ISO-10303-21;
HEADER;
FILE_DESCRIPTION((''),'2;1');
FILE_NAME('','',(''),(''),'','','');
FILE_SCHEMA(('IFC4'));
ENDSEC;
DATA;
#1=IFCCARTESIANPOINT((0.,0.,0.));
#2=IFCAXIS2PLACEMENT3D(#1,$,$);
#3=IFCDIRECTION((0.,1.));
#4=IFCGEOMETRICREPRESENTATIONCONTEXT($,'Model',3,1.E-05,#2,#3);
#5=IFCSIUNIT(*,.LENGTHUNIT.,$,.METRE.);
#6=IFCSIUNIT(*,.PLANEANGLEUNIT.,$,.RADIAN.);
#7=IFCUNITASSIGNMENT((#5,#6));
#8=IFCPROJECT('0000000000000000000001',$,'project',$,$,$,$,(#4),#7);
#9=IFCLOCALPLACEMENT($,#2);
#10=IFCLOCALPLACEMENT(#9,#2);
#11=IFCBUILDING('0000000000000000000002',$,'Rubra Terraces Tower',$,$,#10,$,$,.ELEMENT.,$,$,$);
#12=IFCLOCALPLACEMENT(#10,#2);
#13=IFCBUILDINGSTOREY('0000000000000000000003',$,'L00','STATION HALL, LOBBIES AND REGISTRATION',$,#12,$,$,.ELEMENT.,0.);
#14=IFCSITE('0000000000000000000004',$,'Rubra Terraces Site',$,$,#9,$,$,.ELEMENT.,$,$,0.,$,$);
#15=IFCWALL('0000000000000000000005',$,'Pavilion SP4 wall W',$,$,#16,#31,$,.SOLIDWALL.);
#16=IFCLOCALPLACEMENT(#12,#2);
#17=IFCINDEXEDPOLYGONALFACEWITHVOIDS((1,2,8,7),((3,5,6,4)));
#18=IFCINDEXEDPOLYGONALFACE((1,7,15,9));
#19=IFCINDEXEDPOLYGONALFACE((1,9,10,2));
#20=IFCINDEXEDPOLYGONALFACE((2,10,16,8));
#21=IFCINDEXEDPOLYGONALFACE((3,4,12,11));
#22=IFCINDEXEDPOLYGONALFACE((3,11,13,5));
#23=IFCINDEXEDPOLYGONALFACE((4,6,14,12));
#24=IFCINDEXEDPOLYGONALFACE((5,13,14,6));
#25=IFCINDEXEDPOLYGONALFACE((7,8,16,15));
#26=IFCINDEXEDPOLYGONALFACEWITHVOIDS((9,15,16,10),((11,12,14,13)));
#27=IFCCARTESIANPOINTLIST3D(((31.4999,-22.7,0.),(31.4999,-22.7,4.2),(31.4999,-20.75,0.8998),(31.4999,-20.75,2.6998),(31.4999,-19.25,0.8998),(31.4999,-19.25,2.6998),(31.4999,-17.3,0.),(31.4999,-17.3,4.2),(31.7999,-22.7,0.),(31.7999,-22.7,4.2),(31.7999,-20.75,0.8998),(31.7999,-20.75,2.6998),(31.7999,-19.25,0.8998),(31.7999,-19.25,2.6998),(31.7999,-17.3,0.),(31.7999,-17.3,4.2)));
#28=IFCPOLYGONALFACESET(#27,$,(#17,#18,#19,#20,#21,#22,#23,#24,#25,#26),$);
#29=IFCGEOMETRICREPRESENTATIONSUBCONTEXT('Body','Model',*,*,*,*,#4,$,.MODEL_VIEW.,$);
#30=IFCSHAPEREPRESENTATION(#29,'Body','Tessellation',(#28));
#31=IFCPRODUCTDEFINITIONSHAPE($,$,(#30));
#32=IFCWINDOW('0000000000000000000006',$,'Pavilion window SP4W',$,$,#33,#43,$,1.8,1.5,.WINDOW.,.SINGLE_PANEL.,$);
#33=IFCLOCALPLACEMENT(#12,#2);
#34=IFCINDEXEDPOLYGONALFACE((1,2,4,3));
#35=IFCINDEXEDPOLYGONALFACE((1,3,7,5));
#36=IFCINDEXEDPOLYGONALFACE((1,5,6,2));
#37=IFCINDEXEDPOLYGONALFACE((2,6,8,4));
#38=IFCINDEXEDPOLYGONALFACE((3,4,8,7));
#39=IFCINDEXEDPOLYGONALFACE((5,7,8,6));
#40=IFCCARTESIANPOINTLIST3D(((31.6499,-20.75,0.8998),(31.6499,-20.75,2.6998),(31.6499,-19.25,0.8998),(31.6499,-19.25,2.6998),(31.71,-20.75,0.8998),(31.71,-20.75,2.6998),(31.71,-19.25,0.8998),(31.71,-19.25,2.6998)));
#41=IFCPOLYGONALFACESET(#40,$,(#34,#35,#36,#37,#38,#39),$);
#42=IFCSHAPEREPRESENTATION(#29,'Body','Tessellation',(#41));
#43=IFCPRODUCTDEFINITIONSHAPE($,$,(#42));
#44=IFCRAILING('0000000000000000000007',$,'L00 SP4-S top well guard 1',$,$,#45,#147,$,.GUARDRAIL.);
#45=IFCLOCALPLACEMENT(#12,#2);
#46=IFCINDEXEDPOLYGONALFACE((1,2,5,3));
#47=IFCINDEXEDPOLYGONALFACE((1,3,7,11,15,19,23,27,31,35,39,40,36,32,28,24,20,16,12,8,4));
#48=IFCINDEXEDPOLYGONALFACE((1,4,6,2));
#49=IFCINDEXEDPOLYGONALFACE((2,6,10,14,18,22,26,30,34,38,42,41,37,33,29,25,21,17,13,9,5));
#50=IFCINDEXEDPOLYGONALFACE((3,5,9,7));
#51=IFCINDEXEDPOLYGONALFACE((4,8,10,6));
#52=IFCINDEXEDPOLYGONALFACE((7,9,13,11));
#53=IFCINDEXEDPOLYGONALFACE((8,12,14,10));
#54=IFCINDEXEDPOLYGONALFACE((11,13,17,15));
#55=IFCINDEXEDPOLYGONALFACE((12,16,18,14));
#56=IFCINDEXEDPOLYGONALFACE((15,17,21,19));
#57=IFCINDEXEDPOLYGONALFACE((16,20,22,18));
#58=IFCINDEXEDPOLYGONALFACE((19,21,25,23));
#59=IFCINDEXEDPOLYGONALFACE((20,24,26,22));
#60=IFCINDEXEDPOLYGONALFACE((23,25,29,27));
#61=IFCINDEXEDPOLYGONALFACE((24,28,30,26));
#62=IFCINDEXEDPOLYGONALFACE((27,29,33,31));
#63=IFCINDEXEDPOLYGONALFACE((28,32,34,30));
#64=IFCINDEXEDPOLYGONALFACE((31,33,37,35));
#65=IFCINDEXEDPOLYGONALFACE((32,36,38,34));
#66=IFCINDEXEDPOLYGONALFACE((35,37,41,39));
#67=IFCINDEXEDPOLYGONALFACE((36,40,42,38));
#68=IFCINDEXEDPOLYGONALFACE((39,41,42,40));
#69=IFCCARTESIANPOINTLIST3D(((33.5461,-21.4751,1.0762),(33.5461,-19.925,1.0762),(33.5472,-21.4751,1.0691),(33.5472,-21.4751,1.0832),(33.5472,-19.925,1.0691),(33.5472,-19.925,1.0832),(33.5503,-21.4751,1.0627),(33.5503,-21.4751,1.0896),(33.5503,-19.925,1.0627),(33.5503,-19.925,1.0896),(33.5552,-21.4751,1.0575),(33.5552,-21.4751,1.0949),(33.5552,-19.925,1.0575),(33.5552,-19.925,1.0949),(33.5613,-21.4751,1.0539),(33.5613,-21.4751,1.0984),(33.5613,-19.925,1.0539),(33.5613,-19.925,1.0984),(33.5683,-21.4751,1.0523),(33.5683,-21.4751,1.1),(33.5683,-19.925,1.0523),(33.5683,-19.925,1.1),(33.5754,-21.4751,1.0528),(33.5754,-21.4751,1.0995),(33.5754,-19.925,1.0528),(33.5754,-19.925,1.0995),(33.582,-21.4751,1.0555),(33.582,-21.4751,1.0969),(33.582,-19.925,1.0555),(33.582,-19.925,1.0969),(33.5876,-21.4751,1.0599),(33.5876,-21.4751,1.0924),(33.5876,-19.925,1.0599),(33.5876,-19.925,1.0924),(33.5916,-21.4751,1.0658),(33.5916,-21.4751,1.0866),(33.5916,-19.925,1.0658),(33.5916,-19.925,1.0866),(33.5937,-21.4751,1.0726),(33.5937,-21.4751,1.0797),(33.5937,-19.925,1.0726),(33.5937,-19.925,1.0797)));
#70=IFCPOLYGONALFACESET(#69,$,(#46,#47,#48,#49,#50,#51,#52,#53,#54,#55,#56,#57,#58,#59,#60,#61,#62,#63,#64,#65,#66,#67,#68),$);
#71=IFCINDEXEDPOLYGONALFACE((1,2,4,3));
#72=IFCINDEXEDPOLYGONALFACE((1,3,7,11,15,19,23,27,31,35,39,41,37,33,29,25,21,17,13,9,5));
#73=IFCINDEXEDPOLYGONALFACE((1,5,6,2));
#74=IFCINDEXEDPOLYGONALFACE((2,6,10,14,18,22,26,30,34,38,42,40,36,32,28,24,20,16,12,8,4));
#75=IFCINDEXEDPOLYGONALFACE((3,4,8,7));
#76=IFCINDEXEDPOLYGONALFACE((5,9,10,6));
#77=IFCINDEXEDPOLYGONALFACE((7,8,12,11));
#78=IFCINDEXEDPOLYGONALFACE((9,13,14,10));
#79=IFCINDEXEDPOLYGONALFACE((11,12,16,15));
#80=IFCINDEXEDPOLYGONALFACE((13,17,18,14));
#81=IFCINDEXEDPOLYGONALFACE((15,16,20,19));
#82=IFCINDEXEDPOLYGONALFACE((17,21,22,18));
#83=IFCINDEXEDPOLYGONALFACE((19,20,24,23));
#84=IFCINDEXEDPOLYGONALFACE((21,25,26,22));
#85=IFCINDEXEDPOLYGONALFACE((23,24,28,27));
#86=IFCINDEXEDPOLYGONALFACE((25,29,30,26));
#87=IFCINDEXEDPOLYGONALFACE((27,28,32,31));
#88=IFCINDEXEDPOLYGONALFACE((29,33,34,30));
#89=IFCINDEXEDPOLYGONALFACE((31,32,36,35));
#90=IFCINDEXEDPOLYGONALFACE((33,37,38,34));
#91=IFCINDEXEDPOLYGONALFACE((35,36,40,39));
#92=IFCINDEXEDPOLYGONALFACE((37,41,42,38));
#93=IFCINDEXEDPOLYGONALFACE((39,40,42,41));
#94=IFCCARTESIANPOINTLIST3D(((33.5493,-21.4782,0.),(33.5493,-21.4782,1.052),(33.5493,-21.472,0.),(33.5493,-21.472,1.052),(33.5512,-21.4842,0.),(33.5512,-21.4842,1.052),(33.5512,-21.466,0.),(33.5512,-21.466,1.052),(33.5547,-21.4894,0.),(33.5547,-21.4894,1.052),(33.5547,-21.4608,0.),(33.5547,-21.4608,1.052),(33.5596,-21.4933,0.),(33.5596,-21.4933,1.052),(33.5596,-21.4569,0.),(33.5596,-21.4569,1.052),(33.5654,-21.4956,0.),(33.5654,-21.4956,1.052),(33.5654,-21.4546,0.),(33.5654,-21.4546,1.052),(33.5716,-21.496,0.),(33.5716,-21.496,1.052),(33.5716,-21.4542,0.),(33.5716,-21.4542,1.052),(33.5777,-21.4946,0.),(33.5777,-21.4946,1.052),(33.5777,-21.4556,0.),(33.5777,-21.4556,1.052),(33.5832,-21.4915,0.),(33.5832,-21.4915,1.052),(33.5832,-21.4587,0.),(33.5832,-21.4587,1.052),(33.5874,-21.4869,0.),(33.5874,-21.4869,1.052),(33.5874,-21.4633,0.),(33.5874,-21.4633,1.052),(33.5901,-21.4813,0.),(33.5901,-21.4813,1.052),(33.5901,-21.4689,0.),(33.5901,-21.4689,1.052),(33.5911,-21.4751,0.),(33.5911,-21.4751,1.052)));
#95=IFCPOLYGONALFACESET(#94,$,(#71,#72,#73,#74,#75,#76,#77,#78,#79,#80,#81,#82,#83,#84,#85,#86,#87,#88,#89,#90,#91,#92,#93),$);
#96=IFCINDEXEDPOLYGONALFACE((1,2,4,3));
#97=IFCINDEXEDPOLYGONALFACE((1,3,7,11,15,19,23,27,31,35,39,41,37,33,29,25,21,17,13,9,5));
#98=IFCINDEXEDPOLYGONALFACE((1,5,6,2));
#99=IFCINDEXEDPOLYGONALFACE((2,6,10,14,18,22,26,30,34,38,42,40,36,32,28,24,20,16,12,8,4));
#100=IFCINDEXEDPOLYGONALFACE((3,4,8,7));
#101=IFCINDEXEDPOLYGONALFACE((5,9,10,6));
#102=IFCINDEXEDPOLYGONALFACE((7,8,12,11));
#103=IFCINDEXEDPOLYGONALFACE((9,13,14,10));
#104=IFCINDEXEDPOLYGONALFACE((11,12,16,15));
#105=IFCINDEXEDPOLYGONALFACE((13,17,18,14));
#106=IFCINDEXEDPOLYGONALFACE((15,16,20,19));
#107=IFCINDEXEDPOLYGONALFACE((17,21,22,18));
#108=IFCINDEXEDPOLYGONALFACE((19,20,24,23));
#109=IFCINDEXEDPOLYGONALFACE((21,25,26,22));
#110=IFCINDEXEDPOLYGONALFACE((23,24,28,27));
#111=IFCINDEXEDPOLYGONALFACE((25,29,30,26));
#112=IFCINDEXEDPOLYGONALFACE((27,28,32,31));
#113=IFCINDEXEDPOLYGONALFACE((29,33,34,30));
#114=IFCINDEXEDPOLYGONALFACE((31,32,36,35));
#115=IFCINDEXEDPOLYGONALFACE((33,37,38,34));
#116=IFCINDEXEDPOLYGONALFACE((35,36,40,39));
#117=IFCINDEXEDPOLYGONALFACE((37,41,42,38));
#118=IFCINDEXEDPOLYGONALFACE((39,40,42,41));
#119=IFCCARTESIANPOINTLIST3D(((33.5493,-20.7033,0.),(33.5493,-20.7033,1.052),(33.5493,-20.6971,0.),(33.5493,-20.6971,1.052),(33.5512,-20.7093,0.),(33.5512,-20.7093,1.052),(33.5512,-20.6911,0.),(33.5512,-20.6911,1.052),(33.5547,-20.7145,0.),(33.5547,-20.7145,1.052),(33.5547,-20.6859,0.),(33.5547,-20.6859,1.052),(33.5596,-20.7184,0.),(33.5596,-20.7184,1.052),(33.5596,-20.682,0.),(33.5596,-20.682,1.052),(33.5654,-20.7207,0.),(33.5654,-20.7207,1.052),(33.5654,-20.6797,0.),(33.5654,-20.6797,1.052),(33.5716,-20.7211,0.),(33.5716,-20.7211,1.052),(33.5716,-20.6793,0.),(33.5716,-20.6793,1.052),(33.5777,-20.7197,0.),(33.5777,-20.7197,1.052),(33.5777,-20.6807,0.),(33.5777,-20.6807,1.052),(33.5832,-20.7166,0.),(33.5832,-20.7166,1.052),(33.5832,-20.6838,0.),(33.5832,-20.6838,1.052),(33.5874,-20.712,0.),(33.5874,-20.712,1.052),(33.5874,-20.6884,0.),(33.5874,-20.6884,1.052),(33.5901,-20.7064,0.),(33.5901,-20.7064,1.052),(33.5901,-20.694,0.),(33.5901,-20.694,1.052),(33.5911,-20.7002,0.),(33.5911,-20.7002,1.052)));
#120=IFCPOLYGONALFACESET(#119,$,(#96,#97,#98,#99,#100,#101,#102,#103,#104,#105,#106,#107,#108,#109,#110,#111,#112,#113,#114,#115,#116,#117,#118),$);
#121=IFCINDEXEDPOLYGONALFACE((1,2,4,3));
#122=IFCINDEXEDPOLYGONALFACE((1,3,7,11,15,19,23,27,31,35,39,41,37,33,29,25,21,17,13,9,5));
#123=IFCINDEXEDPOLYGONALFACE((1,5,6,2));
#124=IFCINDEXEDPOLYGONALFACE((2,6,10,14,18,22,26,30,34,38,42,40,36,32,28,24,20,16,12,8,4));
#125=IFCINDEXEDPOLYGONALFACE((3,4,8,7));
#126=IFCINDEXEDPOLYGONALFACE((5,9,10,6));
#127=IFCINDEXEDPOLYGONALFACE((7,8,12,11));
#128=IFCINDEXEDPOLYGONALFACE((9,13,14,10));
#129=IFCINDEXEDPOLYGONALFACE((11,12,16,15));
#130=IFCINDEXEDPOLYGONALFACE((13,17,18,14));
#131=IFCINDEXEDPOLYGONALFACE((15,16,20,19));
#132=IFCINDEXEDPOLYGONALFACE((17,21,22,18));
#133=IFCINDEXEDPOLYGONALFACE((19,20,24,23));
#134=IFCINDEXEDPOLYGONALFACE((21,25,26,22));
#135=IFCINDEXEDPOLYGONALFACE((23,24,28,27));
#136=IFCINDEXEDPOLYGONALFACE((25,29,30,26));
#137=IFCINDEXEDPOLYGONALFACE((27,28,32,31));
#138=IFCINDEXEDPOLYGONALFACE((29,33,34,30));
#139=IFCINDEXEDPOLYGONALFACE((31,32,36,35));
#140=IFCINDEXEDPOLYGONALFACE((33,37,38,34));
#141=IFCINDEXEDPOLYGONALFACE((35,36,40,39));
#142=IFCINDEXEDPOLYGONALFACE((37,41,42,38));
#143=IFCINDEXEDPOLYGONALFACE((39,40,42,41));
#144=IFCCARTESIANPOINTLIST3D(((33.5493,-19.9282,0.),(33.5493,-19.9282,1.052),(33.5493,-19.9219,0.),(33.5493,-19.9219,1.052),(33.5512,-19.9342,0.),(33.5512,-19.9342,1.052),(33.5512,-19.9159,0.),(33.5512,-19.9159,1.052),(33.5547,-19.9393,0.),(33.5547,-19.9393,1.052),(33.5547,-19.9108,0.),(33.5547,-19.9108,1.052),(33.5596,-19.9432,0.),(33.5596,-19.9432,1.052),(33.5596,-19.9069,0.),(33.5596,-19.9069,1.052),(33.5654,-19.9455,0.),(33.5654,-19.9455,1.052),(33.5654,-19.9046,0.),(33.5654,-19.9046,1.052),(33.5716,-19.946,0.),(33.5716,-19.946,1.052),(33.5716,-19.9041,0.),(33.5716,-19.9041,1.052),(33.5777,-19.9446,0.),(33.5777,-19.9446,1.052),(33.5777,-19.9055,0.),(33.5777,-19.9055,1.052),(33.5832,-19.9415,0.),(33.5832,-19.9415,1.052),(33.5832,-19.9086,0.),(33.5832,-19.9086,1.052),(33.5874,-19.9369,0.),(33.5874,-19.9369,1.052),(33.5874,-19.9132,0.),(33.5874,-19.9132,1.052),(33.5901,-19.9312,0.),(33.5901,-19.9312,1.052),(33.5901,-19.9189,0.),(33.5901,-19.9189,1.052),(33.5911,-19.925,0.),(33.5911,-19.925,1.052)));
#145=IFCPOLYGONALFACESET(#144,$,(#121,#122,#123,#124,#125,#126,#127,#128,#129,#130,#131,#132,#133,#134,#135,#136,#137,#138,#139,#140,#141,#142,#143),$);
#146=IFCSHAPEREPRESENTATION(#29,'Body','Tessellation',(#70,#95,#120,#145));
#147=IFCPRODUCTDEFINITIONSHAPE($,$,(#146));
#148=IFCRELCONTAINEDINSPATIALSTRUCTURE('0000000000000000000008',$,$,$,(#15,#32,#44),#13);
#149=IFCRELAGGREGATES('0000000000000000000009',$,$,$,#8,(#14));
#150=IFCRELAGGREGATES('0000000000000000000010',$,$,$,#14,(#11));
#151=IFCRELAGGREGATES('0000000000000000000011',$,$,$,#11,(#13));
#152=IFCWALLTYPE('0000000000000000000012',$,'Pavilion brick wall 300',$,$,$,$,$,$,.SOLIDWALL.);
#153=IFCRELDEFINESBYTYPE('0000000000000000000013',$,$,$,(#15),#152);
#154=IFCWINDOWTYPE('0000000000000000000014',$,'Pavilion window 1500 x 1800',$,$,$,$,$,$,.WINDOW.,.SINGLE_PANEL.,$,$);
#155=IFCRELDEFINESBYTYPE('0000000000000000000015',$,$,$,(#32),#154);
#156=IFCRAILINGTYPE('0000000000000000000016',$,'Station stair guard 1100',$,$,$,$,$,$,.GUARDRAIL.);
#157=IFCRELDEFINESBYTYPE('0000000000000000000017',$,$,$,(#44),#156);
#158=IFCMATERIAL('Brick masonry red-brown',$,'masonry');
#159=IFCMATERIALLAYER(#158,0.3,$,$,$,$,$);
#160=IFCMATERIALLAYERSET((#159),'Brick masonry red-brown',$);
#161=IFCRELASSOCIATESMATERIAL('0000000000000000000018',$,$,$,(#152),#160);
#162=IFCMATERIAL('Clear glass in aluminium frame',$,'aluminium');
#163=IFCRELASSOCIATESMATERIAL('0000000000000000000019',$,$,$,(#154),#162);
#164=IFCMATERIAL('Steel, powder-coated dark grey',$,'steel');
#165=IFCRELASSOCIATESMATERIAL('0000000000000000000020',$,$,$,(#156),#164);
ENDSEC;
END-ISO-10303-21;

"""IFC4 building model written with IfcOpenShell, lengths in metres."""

from ifc_helpers import new_model, si_unit, direction, frame, frame_2d, origin, origin_2d, place, context, subcontext, project, spatial, rectangle, circle, extrude, material, layer, layer_set, type_object, element, fill, save


model = new_model("IFC4")

# Units and contexts
model_context = context("Model", 3, precision=1e-05, world=origin(), true_north=direction((0.0, 1.0)))
body_context = subcontext(model_context, "Body", "Model", "MODEL_VIEW")
ifc_project = project(units=[si_unit("LENGTHUNIT", "METRE"), si_unit("PLANEANGLEUNIT", "RADIAN")], contexts=[model_context])

# Site, building, storey
site_placement = place(None, origin())
site = spatial("IfcSite", under=ifc_project, at=site_placement, Name="Rubra Terraces Site", CompositionType="ELEMENT", RefElevation=0.0)
building_placement = place(site_placement, origin())
building = spatial("IfcBuilding", under=site, at=building_placement, Name="Rubra Terraces Tower", CompositionType="ELEMENT")
storey_placement = place(building_placement, origin())
storey = spatial("IfcBuildingStorey", under=building, at=storey_placement, Name="L00", Description="STATION HALL, LOBBIES AND REGISTRATION", CompositionType="ELEMENT", Elevation=0.0)

# Shared definitions
ifc_material_1 = material(Name="Brick masonry red-brown", Category="masonry")
ifc_layer_1 = layer(ifc_material_1, 0.3)
ifc_layer_set_1 = layer_set([ifc_layer_1], Name="Brick masonry red-brown")
wall_type = type_object("IfcWallType", Name="Pavilion brick wall 300", PredefinedType="SOLIDWALL", material=ifc_layer_set_1)

# Shared definitions
ifc_material_2 = material(Name="Clear glass in aluminium frame", Category="aluminium")
window_type = type_object("IfcWindowType", Name="Pavilion window 1500 x 1800", PartitioningType="SINGLE_PANEL", PredefinedType="WINDOW", material=ifc_material_2)

# Wall, opening, window
wall_1_placement = place(storey_placement, frame((31.6499, -17.3, 0.0), z_axis=(0.0, 0.0, 1.0), x_axis=(0.0, -1.0, 0.0)))
wall_1 = element("IfcWall", 1, at=wall_1_placement, inside=storey, type_object=wall_type, Name="Pavilion SP4 wall W", PredefinedType="SOLIDWALL", context=body_context, shape_type="SweptSolid", body=[
    extrude(rectangle(XDim=5.3999, YDim=0.3, at=frame_2d((2.7, 0.0))), origin(), (0.0, 0.0, 1.0), 4.2),
])
opening_1_placement = place(wall_1_placement, frame((1.95, 0.0, 0.8999)))
opening_1 = element("IfcOpeningElement", 2, at=opening_1_placement, cuts=wall_1, PredefinedType="OPENING", context=body_context, shape_type="SweptSolid", body=[
    extrude(rectangle(XDim=1.5, YDim=1.8, at=frame_2d((0.75, 0.8999))), frame((0.0, 0.1599, 0.0), z_axis=(0.0, -1.0, 0.0), x_axis=(1.0, 0.0, 0.0)), (0.0, 0.0, 1.0), 0.3201),
])
window_1_placement = place(opening_1_placement, origin())
window_1 = element("IfcWindow", 3, at=window_1_placement, inside=storey, type_object=window_type, Name="Pavilion window SP4W", OverallHeight=1.8, OverallWidth=1.5, PartitioningType="SINGLE_PANEL", PredefinedType="WINDOW", context=body_context, shape_type="SweptSolid", body=[
    extrude(rectangle(XDim=1.5, YDim=1.8, at=frame_2d((0.75, 0.8999))), frame((0.0, 0.0601, 0.0), z_axis=(0.0, -1.0, 0.0), x_axis=(1.0, 0.0, 0.0)), (0.0, 0.0, 1.0), 0.0601),
])
fill(opening_1, window_1)

# Railing
ifc_material_3 = material(Name="Steel, powder-coated dark grey", Category="steel")
railing_type = type_object("IfcRailingType", Name="Station stair guard 1100", PredefinedType="GUARDRAIL", material=ifc_material_3)
railing_1_placement = place(storey_placement, frame((33.5701, -21.4751, 0.0)))
element("IfcRailing", 4, at=railing_1_placement, inside=storey, type_object=railing_type, Name="L00 SP4-S top well guard 1", PredefinedType="GUARDRAIL", context=body_context, shape_type="SweptSolid", body=[
    extrude(circle(Radius=0.0239, at=origin_2d()), frame((0.0, 0.0, 1.0762), z_axis=(0.0, 1.0, 0.0), x_axis=(-1.0, 0.0, 0.0)), (0.0, 0.0, 1.0), 1.55),
    extrude(circle(Radius=0.021, at=origin_2d()), origin(), (0.0, 0.0, 1.0), 1.052),
    extrude(circle(Radius=0.021, at=origin_2d()), frame((0.0, 0.7749, 0.0)), (0.0, 0.0, 1.0), 1.052),
    extrude(circle(Radius=0.021, at=origin_2d()), frame((0.0, 1.55, 0.0)), (0.0, 0.0, 1.0), 1.052),
])

save(model, "model.ifc")
